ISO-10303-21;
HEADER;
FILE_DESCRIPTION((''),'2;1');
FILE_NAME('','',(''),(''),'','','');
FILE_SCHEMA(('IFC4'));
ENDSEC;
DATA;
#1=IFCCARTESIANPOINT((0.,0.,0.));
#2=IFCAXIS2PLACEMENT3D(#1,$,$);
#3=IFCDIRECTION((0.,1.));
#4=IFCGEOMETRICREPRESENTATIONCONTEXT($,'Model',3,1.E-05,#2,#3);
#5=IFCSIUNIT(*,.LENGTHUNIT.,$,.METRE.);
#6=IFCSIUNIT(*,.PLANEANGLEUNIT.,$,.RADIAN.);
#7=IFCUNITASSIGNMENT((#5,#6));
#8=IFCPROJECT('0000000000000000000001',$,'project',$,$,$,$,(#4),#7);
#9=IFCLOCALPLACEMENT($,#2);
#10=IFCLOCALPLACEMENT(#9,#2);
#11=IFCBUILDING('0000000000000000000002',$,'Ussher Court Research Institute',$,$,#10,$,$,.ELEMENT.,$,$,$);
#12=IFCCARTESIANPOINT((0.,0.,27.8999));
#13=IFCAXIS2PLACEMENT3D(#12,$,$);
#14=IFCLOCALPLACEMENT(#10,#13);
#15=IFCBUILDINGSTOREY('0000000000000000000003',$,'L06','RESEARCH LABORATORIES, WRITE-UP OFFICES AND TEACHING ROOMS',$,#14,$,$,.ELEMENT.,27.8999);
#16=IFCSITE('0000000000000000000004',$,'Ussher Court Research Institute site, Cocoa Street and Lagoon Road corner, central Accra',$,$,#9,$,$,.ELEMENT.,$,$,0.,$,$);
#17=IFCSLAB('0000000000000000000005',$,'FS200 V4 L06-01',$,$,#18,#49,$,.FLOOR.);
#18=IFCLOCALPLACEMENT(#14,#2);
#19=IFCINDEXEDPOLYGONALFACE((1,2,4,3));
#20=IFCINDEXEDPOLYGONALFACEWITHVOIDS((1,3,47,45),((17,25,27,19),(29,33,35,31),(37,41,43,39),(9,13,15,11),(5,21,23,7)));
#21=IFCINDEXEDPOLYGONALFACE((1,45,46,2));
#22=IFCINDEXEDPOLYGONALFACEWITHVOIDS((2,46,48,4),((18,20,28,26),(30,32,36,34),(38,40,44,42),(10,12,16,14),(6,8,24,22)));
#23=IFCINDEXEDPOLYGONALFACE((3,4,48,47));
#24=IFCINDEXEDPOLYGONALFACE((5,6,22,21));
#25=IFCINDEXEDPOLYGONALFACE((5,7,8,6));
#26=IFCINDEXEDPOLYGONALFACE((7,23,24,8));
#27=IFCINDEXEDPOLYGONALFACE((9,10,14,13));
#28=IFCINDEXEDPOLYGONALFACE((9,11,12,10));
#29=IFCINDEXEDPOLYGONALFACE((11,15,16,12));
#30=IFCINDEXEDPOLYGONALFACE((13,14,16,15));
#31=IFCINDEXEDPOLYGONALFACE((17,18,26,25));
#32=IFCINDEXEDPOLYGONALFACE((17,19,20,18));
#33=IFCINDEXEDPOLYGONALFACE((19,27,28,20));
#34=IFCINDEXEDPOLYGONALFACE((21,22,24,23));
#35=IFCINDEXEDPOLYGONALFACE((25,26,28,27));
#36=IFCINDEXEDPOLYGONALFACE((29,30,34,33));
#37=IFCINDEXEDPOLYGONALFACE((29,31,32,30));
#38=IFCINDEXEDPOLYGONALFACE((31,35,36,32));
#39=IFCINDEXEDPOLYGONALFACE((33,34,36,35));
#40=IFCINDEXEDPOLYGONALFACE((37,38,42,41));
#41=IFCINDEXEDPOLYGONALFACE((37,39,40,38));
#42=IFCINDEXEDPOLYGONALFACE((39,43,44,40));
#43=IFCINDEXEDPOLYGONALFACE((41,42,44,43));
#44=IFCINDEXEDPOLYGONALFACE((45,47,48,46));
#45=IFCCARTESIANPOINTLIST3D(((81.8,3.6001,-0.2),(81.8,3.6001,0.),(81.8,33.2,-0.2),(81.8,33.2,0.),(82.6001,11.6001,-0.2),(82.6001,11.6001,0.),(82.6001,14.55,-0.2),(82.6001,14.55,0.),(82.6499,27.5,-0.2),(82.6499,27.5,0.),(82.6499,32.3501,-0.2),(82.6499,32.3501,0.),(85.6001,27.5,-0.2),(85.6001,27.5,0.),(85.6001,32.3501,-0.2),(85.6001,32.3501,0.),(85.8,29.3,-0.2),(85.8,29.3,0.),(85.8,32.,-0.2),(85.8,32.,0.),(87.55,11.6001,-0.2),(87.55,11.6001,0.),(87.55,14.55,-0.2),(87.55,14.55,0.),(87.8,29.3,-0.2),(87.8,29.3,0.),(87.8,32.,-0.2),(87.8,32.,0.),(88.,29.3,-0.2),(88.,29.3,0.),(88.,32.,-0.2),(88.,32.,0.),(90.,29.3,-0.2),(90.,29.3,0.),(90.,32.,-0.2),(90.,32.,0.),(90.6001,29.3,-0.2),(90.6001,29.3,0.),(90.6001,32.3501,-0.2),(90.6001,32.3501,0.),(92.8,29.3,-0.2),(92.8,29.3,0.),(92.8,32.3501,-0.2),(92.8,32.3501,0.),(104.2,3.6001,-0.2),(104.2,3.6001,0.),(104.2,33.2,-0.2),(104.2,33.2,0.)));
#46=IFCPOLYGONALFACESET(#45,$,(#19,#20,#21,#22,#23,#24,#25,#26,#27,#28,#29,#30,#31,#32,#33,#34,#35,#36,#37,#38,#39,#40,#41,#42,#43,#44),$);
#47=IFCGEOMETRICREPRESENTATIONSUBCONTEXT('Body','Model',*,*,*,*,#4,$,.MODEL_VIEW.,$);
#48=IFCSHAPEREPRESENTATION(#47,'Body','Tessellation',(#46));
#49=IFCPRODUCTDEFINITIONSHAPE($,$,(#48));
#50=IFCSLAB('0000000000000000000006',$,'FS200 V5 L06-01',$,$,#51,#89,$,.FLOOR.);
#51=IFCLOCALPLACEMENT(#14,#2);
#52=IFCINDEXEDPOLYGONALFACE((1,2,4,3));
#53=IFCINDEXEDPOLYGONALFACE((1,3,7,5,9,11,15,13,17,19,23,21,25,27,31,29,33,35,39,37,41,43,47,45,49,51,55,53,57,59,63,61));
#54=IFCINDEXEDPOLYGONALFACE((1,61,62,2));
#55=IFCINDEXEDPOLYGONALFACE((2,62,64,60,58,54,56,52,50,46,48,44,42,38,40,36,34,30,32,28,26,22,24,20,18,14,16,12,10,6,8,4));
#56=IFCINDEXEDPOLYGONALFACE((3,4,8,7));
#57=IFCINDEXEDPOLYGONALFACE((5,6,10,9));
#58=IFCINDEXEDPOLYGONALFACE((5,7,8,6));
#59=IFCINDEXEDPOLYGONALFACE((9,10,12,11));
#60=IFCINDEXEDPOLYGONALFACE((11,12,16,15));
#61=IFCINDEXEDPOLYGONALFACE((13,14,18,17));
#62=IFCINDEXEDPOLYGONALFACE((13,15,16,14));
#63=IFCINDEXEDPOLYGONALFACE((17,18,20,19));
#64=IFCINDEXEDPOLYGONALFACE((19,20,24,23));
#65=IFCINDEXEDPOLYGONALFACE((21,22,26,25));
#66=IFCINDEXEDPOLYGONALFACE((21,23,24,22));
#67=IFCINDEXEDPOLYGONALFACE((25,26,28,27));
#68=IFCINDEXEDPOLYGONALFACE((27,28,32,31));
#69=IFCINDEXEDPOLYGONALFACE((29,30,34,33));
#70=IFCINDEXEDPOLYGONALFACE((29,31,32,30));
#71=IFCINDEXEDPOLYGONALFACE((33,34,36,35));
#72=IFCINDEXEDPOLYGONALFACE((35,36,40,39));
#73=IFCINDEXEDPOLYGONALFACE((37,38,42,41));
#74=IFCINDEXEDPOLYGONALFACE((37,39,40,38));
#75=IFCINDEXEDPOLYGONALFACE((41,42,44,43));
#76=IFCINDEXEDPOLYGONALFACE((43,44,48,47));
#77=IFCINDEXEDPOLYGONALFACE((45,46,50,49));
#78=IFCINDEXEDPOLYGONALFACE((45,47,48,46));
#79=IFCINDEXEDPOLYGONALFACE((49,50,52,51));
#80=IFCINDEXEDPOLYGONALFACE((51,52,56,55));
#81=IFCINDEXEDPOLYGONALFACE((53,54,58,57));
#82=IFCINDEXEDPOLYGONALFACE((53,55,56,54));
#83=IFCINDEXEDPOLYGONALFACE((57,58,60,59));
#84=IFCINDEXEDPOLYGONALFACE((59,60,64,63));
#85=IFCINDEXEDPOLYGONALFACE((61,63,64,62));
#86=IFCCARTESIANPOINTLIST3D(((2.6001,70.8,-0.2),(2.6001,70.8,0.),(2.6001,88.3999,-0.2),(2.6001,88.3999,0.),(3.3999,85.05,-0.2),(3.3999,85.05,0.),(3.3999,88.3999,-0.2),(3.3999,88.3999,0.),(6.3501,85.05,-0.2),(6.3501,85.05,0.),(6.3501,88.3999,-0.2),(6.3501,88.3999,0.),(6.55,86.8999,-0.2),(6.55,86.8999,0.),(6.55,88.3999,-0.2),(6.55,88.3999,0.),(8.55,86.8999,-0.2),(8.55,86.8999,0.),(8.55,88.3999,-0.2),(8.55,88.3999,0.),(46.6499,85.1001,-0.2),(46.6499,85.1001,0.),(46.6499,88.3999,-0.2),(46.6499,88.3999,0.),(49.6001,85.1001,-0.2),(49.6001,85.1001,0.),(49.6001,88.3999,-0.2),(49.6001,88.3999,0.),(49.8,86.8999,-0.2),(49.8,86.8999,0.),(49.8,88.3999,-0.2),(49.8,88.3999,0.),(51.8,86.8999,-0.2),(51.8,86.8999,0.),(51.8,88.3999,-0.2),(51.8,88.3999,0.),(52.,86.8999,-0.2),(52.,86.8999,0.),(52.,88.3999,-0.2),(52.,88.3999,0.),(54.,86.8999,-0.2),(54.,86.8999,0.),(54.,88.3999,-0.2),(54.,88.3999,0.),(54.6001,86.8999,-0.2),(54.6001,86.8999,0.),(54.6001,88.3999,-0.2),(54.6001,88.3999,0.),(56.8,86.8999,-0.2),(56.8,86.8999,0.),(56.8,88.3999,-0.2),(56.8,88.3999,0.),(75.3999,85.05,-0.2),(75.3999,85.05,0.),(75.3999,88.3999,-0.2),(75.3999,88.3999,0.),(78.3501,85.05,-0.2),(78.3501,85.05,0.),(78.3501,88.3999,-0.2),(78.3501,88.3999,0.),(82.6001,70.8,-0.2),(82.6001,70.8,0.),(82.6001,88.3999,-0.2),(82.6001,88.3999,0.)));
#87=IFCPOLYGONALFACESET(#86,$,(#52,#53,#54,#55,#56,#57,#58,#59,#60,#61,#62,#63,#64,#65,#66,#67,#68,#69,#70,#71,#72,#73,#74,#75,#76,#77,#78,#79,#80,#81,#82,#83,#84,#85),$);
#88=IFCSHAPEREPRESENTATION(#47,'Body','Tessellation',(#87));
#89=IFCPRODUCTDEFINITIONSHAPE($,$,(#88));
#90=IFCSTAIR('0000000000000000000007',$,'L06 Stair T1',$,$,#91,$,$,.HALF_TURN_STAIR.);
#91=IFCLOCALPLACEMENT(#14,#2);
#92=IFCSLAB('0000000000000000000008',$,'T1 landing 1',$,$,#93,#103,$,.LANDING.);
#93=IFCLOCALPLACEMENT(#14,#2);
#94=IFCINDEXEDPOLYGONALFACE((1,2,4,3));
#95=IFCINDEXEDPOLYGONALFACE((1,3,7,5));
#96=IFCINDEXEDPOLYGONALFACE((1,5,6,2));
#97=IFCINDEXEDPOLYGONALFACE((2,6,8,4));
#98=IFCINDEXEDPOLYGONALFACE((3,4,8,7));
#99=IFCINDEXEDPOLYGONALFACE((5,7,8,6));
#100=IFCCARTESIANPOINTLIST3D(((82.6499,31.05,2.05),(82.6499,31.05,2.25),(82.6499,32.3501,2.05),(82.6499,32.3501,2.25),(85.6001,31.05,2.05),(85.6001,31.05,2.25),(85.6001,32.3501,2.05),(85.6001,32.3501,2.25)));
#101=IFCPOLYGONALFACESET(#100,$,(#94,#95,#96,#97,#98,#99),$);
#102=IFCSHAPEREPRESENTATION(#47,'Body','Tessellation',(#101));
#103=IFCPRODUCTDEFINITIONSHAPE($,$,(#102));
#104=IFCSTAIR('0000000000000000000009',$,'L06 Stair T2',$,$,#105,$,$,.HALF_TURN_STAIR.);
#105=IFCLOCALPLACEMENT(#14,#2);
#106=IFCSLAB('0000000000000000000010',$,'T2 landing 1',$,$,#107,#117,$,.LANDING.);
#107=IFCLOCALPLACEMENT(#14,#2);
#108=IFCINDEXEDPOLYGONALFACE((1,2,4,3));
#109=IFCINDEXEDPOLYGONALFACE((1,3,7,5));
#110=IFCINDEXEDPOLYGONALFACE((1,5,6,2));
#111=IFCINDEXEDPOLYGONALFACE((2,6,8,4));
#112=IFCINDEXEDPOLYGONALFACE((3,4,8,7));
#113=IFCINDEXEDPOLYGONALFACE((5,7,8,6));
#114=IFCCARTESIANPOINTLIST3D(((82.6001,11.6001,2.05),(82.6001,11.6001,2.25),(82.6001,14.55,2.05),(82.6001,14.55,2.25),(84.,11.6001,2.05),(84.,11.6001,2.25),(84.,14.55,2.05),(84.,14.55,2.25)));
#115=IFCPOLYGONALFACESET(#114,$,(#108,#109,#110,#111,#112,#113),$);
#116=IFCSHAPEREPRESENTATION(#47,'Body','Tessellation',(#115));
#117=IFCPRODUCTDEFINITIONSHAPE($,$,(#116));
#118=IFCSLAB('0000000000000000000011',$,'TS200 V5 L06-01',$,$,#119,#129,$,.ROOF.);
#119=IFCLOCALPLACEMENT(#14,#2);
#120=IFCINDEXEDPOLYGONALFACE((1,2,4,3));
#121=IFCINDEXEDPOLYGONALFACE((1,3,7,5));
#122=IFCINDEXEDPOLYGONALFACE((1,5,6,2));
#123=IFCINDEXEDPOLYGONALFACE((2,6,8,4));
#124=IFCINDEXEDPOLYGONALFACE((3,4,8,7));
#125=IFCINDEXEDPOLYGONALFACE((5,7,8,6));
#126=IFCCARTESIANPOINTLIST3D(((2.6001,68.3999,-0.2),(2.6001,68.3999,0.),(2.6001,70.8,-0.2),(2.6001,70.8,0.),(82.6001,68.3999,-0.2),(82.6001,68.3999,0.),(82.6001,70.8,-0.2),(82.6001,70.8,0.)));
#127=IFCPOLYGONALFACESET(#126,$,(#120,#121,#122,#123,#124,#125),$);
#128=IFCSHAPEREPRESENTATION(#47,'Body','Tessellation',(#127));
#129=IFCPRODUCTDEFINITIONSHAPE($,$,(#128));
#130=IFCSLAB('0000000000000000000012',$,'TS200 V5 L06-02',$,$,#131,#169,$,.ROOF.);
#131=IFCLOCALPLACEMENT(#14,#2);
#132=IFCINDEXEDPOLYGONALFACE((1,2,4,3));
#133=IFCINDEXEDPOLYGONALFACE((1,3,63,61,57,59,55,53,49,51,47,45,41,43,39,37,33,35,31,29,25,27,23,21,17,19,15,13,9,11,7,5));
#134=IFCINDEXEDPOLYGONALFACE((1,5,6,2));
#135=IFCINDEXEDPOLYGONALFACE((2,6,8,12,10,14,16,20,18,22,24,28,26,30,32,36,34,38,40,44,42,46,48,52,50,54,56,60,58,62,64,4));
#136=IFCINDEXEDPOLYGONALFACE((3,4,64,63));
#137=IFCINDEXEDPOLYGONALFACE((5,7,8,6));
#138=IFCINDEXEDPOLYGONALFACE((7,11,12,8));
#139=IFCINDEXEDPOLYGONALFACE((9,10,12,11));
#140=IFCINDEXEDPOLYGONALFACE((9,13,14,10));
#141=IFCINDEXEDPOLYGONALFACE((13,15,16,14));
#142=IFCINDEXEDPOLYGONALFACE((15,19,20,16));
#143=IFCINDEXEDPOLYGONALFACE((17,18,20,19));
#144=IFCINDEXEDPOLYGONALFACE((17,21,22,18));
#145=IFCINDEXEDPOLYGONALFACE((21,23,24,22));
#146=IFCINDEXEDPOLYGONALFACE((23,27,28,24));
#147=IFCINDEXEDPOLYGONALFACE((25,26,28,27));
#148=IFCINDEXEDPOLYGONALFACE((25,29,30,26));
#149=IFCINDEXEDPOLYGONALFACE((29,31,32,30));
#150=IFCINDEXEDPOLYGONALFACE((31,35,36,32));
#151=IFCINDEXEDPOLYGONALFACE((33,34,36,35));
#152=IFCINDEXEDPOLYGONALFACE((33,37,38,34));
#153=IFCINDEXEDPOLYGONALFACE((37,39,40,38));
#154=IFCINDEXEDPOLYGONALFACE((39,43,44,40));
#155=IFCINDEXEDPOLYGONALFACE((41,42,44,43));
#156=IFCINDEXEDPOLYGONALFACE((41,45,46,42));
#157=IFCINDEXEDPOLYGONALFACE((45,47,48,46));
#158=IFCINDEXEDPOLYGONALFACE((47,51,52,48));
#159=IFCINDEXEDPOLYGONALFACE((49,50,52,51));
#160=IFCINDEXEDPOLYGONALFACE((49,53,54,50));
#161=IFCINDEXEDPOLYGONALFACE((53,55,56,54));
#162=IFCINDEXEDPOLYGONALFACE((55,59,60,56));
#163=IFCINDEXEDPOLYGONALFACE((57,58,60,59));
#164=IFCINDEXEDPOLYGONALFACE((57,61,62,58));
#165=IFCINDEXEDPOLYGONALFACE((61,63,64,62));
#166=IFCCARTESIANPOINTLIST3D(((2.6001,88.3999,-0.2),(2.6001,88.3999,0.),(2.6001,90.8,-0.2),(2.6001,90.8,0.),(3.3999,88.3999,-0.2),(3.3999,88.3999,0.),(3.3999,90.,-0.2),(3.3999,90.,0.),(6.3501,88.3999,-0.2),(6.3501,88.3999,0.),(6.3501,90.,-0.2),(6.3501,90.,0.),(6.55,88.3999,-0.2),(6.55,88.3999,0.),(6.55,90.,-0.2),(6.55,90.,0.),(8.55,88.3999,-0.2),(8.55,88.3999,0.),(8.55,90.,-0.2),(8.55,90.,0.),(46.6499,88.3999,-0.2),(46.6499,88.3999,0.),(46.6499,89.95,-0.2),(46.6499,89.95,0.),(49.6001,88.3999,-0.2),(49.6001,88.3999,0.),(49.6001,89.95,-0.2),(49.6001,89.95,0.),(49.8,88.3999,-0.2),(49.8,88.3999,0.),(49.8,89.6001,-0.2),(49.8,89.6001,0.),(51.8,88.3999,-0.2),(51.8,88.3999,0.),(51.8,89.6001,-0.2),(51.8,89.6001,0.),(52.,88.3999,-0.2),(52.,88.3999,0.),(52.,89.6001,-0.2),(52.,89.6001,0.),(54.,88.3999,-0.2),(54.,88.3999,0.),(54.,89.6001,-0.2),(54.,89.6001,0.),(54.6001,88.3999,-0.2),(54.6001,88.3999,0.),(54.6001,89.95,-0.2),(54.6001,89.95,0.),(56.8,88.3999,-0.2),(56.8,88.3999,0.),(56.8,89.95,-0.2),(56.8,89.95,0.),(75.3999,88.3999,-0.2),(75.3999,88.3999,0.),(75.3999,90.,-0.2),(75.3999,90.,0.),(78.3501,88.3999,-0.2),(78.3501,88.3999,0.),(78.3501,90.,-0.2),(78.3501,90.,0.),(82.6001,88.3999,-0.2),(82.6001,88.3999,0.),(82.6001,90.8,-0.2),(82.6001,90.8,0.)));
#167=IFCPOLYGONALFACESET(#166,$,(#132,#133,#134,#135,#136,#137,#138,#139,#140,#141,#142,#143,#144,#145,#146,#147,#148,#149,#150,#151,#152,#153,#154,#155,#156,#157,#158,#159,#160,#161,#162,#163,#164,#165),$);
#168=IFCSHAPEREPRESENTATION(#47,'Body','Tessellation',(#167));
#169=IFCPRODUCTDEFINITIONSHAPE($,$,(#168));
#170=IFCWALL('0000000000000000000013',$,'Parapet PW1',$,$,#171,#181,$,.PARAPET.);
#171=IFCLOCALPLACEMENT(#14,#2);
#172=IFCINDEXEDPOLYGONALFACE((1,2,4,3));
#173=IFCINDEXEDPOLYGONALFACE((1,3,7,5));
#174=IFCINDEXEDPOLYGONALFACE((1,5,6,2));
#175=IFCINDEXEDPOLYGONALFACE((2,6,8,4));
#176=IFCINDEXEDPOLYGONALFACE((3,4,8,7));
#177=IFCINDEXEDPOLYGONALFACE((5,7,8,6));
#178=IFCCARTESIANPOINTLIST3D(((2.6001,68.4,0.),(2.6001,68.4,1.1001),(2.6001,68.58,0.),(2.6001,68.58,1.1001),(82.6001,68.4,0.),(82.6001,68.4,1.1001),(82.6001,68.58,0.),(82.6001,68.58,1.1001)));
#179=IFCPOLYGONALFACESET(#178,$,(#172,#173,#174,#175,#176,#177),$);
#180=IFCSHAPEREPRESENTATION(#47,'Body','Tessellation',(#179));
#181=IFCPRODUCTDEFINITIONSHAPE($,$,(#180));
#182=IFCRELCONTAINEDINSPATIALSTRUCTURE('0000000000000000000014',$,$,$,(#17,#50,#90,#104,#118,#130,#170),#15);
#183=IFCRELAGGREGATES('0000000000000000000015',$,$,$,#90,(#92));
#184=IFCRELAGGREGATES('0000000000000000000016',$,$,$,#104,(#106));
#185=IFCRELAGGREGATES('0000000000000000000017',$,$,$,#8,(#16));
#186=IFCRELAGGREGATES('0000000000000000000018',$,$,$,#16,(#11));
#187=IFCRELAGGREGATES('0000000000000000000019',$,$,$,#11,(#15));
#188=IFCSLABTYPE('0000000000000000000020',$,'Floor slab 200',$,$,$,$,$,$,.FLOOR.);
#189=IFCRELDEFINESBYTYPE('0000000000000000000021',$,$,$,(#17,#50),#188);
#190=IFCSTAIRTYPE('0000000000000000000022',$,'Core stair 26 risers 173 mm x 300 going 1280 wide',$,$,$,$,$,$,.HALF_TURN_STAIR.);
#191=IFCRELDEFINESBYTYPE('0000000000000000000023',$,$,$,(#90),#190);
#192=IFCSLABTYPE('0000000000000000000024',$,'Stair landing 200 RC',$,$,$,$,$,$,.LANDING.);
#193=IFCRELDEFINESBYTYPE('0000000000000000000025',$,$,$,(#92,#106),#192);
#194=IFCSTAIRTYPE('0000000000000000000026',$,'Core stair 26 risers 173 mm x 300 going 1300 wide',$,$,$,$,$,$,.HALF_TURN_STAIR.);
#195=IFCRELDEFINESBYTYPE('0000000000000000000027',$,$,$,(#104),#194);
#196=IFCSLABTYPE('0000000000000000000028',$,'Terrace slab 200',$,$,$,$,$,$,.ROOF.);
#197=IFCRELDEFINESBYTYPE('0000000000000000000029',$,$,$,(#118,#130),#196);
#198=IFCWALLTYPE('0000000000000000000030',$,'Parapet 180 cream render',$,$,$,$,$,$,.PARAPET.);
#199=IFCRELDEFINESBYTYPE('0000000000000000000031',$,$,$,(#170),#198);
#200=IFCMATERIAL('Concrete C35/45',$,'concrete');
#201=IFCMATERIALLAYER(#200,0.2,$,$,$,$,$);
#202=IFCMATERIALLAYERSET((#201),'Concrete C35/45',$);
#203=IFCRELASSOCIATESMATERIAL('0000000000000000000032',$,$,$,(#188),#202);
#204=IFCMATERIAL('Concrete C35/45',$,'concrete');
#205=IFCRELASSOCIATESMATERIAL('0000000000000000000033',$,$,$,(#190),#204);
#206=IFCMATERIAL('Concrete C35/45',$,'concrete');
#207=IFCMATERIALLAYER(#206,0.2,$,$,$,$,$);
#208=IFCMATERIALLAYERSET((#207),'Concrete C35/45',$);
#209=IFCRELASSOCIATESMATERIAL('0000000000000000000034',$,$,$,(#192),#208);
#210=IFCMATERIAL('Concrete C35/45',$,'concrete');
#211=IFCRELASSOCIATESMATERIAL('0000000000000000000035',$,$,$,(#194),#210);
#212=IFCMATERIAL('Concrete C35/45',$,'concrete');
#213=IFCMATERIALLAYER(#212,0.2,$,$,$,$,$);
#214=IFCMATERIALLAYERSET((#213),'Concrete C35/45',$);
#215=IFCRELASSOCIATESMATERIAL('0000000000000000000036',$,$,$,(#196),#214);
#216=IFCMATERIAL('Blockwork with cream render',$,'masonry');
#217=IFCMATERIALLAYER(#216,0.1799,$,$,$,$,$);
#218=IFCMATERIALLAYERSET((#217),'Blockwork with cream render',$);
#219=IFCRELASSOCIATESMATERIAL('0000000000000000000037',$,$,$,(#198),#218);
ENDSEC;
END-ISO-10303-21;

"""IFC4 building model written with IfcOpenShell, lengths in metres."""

from ifc_helpers import new_model, si_unit, direction, frame, frame_2d, origin, place, context, subcontext, project, spatial, polyline, rectangle, outline, extrude, material, layer, layer_set, type_object, element, aggregate, save


model = new_model("IFC4")

# Units and contexts
model_context = context("Model", 3, precision=1e-05, world=origin(), true_north=direction((0.0, 1.0)))
body_context = subcontext(model_context, "Body", "Model", "MODEL_VIEW")
ifc_project = project(units=[si_unit("LENGTHUNIT", "METRE"), si_unit("PLANEANGLEUNIT", "RADIAN")], contexts=[model_context])

# Site, building, storey
site_placement = place(None, origin())
site = spatial("IfcSite", under=ifc_project, at=site_placement, Name="Ussher Court Research Institute site, Cocoa Street and Lagoon Road corner, central Accra", CompositionType="ELEMENT", RefElevation=0.0)
building_placement = place(site_placement, origin())
building = spatial("IfcBuilding", under=site, at=building_placement, Name="Ussher Court Research Institute", CompositionType="ELEMENT")
storey_placement = place(building_placement, frame((0.0, 0.0, 27.8999)))
storey = spatial("IfcBuildingStorey", under=building, at=storey_placement, Name="L06", Description="RESEARCH LABORATORIES, WRITE-UP OFFICES AND TEACHING ROOMS", CompositionType="ELEMENT", Elevation=27.8999)

# Slabs
ifc_material_1 = material(Name="Concrete C35/45", Category="concrete")
ifc_layer_1 = layer(ifc_material_1, 0.2)
ifc_layer_set_1 = layer_set([ifc_layer_1], Name="Concrete C35/45")
slab_type_1 = type_object("IfcSlabType", Name="Floor slab 200", PredefinedType="FLOOR", material=ifc_layer_set_1)
slab_1_placement = place(storey_placement, frame((0.0, 0.0, -0.2)))
element("IfcSlab", 1, at=slab_1_placement, inside=storey, type_object=slab_type_1, Name="FS200 V4 L06-01", PredefinedType="FLOOR", context=body_context, shape_type="SweptSolid", body=[
    extrude(outline(polyline([(81.8, 33.2), (81.8, 3.6001), (104.2, 3.6001), (104.2, 33.2), (81.8, 33.2)]), holes=[polyline([(87.55, 14.55), (87.55, 11.6001), (82.6001, 11.6001), (82.6001, 14.55), (87.55, 14.55)]), polyline([(82.6499, 27.5), (82.6499, 32.3501), (85.6001, 32.3501), (85.6001, 27.5), (82.6499, 27.5)]), polyline([(87.8, 29.3), (85.8, 29.3), (85.8, 32.0), (87.8, 32.0), (87.8, 29.3)]), polyline([(90.0, 32.0), (90.0, 29.3), (88.0, 29.3), (88.0, 32.0), (90.0, 32.0)]), polyline([(92.8, 29.3), (90.6001, 29.3), (90.6001, 32.3501), (92.8, 32.3501), (92.8, 29.3)])]), origin(), (0.0, 0.0, 1.0), 0.2),
])
slab_2_placement = place(storey_placement, frame((0.0, 0.0, -0.2)))
element("IfcSlab", 2, at=slab_2_placement, inside=storey, type_object=slab_type_1, Name="FS200 V5 L06-01", PredefinedType="FLOOR", context=body_context, shape_type="SweptSolid", body=[
    extrude(outline(polyline([(2.6001, 88.3999), (2.6001, 70.8), (82.6001, 70.8), (82.6001, 88.3999), (78.3501, 88.3999), (78.3501, 85.05), (75.3999, 85.05), (75.3999, 88.3999), (56.8, 88.3999), (56.8, 86.8999), (54.6001, 86.8999), (54.6001, 88.3999), (54.0, 88.3999), (54.0, 86.8999), (52.0, 86.8999), (52.0, 88.3999), (51.8, 88.3999), (51.8, 86.8999), (49.8, 86.8999), (49.8, 88.3999), (49.6001, 88.3999), (49.6001, 85.1001), (46.6499, 85.1001), (46.6499, 88.3999), (8.55, 88.3999), (8.55, 86.8999), (6.55, 86.8999), (6.55, 88.3999), (6.3501, 88.3999), (6.3501, 85.05), (3.3999, 85.05), (3.3999, 88.3999), (2.6001, 88.3999)])), origin(), (0.0, 0.0, 1.0), 0.2),
])

# Stairs, slabs
ifc_material_2 = material(Name="Concrete C35/45", Category="concrete")
stair_type_1 = type_object("IfcStairType", Name="Core stair 26 risers 173 mm x 300 going 1280 wide", PredefinedType="HALF_TURN_STAIR", material=ifc_material_2)
stair_1_placement = place(storey_placement, origin())
stair_1 = element("IfcStair", 3, at=stair_1_placement, inside=storey, type_object=stair_type_1, Name="L06 Stair T1", PredefinedType="HALF_TURN_STAIR")
ifc_material_3 = material(Name="Concrete C35/45", Category="concrete")
ifc_layer_2 = layer(ifc_material_3, 0.2)
ifc_layer_set_2 = layer_set([ifc_layer_2], Name="Concrete C35/45")
slab_type_2 = type_object("IfcSlabType", Name="Stair landing 200 RC", PredefinedType="LANDING", material=ifc_layer_set_2)
slab_3_placement = place(storey_placement, frame((0.0, 0.0, 2.05)))
slab_3 = element("IfcSlab", 4, at=slab_3_placement, type_object=slab_type_2, Name="T1 landing 1", PredefinedType="LANDING", context=body_context, shape_type="SweptSolid", body=[
    extrude(outline(polyline([(85.6001, 31.05), (85.6001, 32.3501), (82.6499, 32.3501), (82.6499, 31.05), (85.6001, 31.05)])), origin(), (0.0, 0.0, 1.0), 0.2),
])
aggregate(stair_1, [slab_3])
ifc_material_4 = material(Name="Concrete C35/45", Category="concrete")
stair_type_2 = type_object("IfcStairType", Name="Core stair 26 risers 173 mm x 300 going 1300 wide", PredefinedType="HALF_TURN_STAIR", material=ifc_material_4)
stair_2_placement = place(storey_placement, origin())
stair_2 = element("IfcStair", 5, at=stair_2_placement, inside=storey, type_object=stair_type_2, Name="L06 Stair T2", PredefinedType="HALF_TURN_STAIR")
slab_4_placement = place(storey_placement, frame((0.0, 0.0, 2.05)))
slab_4 = element("IfcSlab", 6, at=slab_4_placement, type_object=slab_type_2, Name="T2 landing 1", PredefinedType="LANDING", context=body_context, shape_type="SweptSolid", body=[
    extrude(outline(polyline([(84.0, 14.55), (82.6001, 14.55), (82.6001, 11.6001), (84.0, 11.6001), (84.0, 14.55)])), origin(), (0.0, 0.0, 1.0), 0.2),
])
aggregate(stair_2, [slab_4])

# Slabs
ifc_material_5 = material(Name="Concrete C35/45", Category="concrete")
ifc_layer_3 = layer(ifc_material_5, 0.2)
ifc_layer_set_3 = layer_set([ifc_layer_3], Name="Concrete C35/45")
slab_type_3 = type_object("IfcSlabType", Name="Terrace slab 200", PredefinedType="ROOF", material=ifc_layer_set_3)
slab_5_placement = place(storey_placement, frame((0.0, 0.0, -0.2)))
element("IfcSlab", 7, at=slab_5_placement, inside=storey, type_object=slab_type_3, Name="TS200 V5 L06-01", PredefinedType="ROOF", context=body_context, shape_type="SweptSolid", body=[
    extrude(outline(polyline([(2.6001, 68.3999), (82.6001, 68.3999), (82.6001, 70.8), (2.6001, 70.8), (2.6001, 68.3999)])), origin(), (0.0, 0.0, 1.0), 0.2),
])
slab_6_placement = place(storey_placement, frame((0.0, 0.0, -0.2)))
element("IfcSlab", 8, at=slab_6_placement, inside=storey, type_object=slab_type_3, Name="TS200 V5 L06-02", PredefinedType="ROOF", context=body_context, shape_type="SweptSolid", body=[
    extrude(outline(polyline([(82.6001, 88.3999), (82.6001, 90.8), (2.6001, 90.8), (2.6001, 88.3999), (3.3999, 88.3999), (3.3999, 90.0), (6.3501, 90.0), (6.3501, 88.3999), (6.55, 88.3999), (6.55, 90.0), (8.55, 90.0), (8.55, 88.3999), (46.6499, 88.3999), (46.6499, 89.95), (49.6001, 89.95), (49.6001, 88.3999), (49.8, 88.3999), (49.8, 89.6001), (51.8, 89.6001), (51.8, 88.3999), (52.0, 88.3999), (52.0, 89.6001), (54.0, 89.6001), (54.0, 88.3999), (54.6001, 88.3999), (54.6001, 89.95), (56.8, 89.95), (56.8, 88.3999), (75.3999, 88.3999), (75.3999, 90.0), (78.3501, 90.0), (78.3501, 88.3999), (82.6001, 88.3999)])), origin(), (0.0, 0.0, 1.0), 0.2),
])

# Wall
ifc_material_6 = material(Name="Blockwork with cream render", Category="masonry")
ifc_layer_4 = layer(ifc_material_6, 0.1799)
ifc_layer_set_4 = layer_set([ifc_layer_4], Name="Blockwork with cream render")
wall_type = type_object("IfcWallType", Name="Parapet 180 cream render", PredefinedType="PARAPET", material=ifc_layer_set_4)
wall_placement = place(storey_placement, frame((2.6001, 68.49, 0.0), z_axis=(0.0, 0.0, 1.0), x_axis=(1.0, 0.0, 0.0)))
element("IfcWall", 9, at=wall_placement, inside=storey, type_object=wall_type, Name="Parapet PW1", PredefinedType="PARAPET", context=body_context, shape_type="SweptSolid", body=[
    extrude(rectangle(XDim=80.0, YDim=0.1799, at=frame_2d((40.0, 0.0))), origin(), (0.0, 0.0, 1.0), 1.1001),
])

save(model, "model.ifc")
